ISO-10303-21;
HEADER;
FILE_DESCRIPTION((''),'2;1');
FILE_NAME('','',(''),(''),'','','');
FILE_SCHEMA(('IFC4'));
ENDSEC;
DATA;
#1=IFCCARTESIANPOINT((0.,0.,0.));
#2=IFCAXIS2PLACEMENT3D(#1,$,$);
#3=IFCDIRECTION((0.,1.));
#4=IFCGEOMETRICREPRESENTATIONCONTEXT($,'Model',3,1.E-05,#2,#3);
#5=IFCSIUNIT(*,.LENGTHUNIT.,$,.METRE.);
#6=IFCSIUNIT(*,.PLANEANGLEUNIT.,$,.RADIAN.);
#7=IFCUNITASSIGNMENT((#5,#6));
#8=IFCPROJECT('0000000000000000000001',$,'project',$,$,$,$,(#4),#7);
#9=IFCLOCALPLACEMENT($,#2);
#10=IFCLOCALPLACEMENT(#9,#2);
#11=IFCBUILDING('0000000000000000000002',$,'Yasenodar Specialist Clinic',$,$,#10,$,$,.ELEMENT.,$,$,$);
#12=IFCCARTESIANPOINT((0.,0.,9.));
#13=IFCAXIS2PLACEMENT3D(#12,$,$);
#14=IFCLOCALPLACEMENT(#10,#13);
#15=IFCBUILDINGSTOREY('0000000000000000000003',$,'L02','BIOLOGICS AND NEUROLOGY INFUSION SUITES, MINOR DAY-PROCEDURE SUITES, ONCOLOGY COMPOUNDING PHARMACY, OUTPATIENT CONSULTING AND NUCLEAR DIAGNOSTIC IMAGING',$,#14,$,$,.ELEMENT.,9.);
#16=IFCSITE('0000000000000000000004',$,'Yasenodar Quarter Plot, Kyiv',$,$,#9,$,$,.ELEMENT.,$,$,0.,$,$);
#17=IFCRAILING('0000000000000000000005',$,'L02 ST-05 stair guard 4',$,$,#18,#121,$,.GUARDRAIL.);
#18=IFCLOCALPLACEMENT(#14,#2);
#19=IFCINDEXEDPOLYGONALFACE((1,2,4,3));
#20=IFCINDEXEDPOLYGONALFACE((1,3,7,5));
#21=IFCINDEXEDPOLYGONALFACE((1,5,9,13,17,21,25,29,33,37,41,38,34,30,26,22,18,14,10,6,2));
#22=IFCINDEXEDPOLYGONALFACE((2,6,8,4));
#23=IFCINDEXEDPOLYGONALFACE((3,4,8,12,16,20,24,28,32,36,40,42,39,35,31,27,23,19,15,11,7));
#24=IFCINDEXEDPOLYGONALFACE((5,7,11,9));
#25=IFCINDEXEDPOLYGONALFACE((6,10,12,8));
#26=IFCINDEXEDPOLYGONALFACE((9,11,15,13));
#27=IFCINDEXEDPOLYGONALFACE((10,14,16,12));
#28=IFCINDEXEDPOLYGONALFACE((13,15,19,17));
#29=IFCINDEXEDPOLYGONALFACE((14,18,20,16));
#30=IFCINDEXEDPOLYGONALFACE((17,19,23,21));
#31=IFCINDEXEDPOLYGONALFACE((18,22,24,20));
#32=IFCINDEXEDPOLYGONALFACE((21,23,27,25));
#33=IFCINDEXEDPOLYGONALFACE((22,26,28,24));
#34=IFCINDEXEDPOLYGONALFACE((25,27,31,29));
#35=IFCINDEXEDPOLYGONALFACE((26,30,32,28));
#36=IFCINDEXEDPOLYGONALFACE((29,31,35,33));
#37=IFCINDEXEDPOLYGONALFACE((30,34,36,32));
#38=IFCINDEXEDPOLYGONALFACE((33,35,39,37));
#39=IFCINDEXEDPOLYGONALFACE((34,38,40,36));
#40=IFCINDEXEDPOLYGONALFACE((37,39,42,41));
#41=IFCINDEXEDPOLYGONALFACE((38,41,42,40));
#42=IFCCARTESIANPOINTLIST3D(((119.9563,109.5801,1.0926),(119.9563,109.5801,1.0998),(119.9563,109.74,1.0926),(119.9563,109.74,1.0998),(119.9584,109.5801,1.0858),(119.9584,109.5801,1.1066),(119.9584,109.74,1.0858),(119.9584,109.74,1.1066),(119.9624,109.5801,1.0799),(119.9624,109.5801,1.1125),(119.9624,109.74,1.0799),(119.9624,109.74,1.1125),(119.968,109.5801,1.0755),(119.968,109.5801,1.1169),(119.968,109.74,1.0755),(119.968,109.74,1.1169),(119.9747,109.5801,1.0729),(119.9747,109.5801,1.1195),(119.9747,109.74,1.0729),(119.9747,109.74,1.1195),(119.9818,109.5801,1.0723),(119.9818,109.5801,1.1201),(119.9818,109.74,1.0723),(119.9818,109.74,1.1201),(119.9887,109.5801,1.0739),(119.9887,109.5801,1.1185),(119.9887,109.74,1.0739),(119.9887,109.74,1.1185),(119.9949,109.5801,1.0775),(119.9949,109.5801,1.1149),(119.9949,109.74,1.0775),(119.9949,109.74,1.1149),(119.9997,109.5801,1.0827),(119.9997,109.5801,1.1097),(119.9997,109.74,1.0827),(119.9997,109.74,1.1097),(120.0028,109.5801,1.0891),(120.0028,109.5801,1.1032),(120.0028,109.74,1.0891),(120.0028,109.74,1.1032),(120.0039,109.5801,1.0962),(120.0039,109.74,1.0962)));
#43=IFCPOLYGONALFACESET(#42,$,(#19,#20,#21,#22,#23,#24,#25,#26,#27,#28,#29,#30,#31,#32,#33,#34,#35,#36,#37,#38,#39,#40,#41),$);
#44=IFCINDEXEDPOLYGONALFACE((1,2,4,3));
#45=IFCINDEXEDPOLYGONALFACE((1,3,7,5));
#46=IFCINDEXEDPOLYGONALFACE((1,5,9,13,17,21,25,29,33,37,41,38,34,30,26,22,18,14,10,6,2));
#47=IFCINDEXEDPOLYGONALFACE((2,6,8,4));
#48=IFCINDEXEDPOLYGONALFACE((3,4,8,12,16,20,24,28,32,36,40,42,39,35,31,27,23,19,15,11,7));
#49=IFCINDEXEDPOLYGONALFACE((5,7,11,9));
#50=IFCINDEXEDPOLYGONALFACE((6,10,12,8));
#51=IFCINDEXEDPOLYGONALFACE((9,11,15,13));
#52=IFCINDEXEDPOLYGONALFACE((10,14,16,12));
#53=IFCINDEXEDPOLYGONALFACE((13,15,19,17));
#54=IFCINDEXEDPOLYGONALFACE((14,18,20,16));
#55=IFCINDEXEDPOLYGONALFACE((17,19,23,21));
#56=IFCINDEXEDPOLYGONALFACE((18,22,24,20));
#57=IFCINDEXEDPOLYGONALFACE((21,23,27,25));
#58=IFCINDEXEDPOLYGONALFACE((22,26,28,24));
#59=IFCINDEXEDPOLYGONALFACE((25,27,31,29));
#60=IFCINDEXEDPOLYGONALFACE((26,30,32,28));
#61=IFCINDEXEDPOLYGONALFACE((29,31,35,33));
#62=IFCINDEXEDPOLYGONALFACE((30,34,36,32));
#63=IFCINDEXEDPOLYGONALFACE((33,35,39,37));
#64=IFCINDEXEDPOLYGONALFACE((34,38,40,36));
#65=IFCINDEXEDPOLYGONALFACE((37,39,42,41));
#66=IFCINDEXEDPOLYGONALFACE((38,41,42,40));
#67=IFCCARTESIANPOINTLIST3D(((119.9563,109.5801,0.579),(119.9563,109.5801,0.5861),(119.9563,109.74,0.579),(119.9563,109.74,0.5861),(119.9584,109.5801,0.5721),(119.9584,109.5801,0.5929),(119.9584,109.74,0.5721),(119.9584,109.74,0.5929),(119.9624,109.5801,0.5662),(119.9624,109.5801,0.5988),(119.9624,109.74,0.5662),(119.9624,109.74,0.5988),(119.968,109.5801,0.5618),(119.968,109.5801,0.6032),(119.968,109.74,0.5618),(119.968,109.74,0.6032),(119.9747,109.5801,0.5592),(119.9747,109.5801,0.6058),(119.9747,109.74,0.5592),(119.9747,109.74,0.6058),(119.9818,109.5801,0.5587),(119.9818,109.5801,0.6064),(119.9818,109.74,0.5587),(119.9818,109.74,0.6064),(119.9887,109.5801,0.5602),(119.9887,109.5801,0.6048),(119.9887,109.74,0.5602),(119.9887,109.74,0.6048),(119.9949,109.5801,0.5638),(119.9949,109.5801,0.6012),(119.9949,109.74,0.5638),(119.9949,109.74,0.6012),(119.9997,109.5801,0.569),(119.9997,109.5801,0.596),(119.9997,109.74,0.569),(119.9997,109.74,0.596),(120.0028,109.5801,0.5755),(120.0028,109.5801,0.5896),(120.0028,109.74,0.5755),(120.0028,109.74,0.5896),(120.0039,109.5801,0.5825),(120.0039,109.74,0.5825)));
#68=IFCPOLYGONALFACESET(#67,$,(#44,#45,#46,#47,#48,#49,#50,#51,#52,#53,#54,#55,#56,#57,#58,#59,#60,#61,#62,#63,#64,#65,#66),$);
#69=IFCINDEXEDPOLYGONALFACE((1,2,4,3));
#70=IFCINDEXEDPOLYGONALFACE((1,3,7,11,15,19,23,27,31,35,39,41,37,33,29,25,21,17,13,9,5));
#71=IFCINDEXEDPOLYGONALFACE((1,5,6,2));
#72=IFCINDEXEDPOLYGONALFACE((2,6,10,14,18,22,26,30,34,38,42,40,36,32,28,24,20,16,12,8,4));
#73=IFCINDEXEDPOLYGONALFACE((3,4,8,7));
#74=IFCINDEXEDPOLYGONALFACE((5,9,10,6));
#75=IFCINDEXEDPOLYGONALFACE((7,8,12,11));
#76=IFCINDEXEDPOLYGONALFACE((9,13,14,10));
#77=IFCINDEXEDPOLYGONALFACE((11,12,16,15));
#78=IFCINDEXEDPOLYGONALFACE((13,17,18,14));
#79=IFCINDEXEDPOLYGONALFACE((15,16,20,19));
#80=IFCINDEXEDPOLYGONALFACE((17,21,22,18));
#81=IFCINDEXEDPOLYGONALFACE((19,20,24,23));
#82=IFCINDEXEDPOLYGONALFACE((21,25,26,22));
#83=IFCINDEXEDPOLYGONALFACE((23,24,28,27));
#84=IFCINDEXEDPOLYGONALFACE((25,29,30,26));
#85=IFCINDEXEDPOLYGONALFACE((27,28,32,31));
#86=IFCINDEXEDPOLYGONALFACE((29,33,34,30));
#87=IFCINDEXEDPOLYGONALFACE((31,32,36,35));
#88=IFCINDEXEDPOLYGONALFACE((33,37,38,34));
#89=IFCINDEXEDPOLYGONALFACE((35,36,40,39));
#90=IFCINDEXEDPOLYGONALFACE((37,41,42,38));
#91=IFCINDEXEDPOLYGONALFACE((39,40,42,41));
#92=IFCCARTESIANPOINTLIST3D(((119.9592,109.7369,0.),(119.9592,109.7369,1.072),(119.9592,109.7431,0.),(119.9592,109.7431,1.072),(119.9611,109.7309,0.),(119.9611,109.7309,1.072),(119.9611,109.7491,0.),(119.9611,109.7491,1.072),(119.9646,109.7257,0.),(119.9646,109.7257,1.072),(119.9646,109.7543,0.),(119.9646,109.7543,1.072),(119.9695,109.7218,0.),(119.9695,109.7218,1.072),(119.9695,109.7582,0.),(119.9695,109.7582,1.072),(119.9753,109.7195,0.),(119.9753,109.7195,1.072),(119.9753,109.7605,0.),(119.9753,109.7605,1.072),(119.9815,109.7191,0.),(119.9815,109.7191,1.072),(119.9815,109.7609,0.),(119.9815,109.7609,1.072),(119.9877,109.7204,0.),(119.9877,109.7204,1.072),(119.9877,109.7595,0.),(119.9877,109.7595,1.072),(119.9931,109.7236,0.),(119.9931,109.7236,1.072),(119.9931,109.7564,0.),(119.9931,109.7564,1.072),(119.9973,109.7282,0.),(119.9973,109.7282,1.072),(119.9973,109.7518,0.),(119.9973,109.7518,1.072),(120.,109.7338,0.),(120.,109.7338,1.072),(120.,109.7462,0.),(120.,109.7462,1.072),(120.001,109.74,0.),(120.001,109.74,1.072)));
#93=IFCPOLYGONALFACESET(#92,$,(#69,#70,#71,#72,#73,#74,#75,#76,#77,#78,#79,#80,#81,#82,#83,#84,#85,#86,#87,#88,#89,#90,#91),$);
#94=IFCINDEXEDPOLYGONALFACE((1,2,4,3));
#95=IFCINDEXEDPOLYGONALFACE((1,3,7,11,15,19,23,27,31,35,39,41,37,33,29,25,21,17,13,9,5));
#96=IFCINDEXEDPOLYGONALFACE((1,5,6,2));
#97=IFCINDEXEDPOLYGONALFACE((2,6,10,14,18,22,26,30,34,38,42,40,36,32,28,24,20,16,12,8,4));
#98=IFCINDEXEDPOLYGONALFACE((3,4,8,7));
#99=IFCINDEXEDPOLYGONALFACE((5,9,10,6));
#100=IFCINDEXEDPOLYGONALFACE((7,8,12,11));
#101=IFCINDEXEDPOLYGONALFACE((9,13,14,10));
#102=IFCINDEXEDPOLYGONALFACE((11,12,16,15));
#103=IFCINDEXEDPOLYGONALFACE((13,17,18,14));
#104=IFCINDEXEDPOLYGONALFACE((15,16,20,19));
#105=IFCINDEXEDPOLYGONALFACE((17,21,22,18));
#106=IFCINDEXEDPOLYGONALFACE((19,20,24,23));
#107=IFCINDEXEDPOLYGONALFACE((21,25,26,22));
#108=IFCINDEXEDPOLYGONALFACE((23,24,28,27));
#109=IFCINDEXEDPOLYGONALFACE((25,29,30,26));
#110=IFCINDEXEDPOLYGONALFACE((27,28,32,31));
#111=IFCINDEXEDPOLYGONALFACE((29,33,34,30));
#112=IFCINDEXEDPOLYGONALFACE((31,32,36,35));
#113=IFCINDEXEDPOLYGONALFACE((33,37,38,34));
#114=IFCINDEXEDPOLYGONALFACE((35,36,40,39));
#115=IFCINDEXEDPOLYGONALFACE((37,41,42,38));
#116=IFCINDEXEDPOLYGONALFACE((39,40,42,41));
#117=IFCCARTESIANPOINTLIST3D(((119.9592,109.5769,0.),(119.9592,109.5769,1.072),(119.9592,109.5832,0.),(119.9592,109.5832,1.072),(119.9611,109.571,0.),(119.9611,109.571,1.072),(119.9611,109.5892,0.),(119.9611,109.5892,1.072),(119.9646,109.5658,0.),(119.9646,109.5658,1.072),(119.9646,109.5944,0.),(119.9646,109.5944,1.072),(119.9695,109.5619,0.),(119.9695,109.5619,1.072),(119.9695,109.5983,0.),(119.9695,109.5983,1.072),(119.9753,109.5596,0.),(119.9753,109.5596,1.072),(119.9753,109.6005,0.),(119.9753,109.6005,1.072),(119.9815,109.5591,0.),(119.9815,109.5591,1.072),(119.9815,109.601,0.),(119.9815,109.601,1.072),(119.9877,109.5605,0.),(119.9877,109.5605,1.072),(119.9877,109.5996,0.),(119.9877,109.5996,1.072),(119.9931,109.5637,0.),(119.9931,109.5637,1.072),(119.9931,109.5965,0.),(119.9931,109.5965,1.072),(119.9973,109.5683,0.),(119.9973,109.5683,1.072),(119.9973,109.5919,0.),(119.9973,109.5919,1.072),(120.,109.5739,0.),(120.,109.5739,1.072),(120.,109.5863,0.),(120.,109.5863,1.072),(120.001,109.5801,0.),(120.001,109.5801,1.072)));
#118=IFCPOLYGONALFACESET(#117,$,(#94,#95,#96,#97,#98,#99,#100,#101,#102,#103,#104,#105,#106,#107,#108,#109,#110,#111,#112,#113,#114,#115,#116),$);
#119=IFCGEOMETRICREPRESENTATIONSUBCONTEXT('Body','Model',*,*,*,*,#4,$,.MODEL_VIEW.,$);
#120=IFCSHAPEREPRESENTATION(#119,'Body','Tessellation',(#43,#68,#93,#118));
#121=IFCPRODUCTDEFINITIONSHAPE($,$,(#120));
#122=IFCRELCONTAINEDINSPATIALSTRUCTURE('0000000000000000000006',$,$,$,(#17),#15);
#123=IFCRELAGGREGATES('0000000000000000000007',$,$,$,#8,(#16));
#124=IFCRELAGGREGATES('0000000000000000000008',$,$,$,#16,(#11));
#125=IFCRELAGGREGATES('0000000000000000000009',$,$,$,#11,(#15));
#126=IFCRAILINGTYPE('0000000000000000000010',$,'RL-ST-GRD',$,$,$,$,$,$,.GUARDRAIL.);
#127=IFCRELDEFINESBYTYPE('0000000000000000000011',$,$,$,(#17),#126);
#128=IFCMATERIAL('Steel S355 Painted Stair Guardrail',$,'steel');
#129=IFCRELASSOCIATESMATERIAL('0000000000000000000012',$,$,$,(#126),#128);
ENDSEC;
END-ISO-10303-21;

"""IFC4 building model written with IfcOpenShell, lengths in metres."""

from ifc_helpers import new_model, si_unit, direction, frame, origin, origin_2d, place, context, subcontext, project, spatial, circle, extrude, material, type_object, element, save


model = new_model("IFC4")

# Units and contexts
model_context = context("Model", 3, precision=1e-05, world=origin(), true_north=direction((0.0, 1.0)))
body_context = subcontext(model_context, "Body", "Model", "MODEL_VIEW")
ifc_project = project(units=[si_unit("LENGTHUNIT", "METRE"), si_unit("PLANEANGLEUNIT", "RADIAN")], contexts=[model_context])

# Site, building, storey
site_placement = place(None, origin())
site = spatial("IfcSite", under=ifc_project, at=site_placement, Name="Yasenodar Quarter Plot, Kyiv", CompositionType="ELEMENT", RefElevation=0.0)
building_placement = place(site_placement, origin())
building = spatial("IfcBuilding", under=site, at=building_placement, Name="Yasenodar Specialist Clinic", CompositionType="ELEMENT")
storey_placement = place(building_placement, frame((0.0, 0.0, 9.0)))
storey = spatial("IfcBuildingStorey", under=building, at=storey_placement, Name="L02", Description="BIOLOGICS AND NEUROLOGY INFUSION SUITES, MINOR DAY-PROCEDURE SUITES, ONCOLOGY COMPOUNDING PHARMACY, OUTPATIENT CONSULTING AND NUCLEAR DIAGNOSTIC IMAGING", CompositionType="ELEMENT", Elevation=9.0)

# Railing
ifc_material_1 = material(Name="Steel S355 Painted Stair Guardrail", Category="steel")
railing_type_1 = type_object("IfcRailingType", Name="RL-ST-GRD", PredefinedType="GUARDRAIL", material=ifc_material_1)
railing_1_placement = place(storey_placement, frame((119.98, 109.74, 0.0)))
element("IfcRailing", 1, at=railing_1_placement, inside=storey, type_object=railing_type_1, Name="L02 ST-05 stair guard 4", PredefinedType="GUARDRAIL", context=body_context, shape_type="SweptSolid", body=[
    extrude(circle(Radius=0.0239, at=origin_2d()), frame((0.0, 0.0, 1.0962), z_axis=(0.0, -1.0, 0.0), x_axis=(1.0, 0.0, 0.0)), (0.0, 0.0, 1.0), 0.1599),
    extrude(circle(Radius=0.0239, at=origin_2d()), frame((0.0, 0.0, 0.5825), z_axis=(0.0, -1.0, 0.0), x_axis=(1.0, 0.0, 0.0)), (0.0, 0.0, 1.0), 0.1599),
    extrude(circle(Radius=0.021, at=origin_2d()), origin(), (0.0, 0.0, 1.0), 1.072),
    extrude(circle(Radius=0.021, at=origin_2d()), frame((0.0, -0.1599, 0.0)), (0.0, 0.0, 1.0), 1.072),
])

save(model, "model.ifc")
